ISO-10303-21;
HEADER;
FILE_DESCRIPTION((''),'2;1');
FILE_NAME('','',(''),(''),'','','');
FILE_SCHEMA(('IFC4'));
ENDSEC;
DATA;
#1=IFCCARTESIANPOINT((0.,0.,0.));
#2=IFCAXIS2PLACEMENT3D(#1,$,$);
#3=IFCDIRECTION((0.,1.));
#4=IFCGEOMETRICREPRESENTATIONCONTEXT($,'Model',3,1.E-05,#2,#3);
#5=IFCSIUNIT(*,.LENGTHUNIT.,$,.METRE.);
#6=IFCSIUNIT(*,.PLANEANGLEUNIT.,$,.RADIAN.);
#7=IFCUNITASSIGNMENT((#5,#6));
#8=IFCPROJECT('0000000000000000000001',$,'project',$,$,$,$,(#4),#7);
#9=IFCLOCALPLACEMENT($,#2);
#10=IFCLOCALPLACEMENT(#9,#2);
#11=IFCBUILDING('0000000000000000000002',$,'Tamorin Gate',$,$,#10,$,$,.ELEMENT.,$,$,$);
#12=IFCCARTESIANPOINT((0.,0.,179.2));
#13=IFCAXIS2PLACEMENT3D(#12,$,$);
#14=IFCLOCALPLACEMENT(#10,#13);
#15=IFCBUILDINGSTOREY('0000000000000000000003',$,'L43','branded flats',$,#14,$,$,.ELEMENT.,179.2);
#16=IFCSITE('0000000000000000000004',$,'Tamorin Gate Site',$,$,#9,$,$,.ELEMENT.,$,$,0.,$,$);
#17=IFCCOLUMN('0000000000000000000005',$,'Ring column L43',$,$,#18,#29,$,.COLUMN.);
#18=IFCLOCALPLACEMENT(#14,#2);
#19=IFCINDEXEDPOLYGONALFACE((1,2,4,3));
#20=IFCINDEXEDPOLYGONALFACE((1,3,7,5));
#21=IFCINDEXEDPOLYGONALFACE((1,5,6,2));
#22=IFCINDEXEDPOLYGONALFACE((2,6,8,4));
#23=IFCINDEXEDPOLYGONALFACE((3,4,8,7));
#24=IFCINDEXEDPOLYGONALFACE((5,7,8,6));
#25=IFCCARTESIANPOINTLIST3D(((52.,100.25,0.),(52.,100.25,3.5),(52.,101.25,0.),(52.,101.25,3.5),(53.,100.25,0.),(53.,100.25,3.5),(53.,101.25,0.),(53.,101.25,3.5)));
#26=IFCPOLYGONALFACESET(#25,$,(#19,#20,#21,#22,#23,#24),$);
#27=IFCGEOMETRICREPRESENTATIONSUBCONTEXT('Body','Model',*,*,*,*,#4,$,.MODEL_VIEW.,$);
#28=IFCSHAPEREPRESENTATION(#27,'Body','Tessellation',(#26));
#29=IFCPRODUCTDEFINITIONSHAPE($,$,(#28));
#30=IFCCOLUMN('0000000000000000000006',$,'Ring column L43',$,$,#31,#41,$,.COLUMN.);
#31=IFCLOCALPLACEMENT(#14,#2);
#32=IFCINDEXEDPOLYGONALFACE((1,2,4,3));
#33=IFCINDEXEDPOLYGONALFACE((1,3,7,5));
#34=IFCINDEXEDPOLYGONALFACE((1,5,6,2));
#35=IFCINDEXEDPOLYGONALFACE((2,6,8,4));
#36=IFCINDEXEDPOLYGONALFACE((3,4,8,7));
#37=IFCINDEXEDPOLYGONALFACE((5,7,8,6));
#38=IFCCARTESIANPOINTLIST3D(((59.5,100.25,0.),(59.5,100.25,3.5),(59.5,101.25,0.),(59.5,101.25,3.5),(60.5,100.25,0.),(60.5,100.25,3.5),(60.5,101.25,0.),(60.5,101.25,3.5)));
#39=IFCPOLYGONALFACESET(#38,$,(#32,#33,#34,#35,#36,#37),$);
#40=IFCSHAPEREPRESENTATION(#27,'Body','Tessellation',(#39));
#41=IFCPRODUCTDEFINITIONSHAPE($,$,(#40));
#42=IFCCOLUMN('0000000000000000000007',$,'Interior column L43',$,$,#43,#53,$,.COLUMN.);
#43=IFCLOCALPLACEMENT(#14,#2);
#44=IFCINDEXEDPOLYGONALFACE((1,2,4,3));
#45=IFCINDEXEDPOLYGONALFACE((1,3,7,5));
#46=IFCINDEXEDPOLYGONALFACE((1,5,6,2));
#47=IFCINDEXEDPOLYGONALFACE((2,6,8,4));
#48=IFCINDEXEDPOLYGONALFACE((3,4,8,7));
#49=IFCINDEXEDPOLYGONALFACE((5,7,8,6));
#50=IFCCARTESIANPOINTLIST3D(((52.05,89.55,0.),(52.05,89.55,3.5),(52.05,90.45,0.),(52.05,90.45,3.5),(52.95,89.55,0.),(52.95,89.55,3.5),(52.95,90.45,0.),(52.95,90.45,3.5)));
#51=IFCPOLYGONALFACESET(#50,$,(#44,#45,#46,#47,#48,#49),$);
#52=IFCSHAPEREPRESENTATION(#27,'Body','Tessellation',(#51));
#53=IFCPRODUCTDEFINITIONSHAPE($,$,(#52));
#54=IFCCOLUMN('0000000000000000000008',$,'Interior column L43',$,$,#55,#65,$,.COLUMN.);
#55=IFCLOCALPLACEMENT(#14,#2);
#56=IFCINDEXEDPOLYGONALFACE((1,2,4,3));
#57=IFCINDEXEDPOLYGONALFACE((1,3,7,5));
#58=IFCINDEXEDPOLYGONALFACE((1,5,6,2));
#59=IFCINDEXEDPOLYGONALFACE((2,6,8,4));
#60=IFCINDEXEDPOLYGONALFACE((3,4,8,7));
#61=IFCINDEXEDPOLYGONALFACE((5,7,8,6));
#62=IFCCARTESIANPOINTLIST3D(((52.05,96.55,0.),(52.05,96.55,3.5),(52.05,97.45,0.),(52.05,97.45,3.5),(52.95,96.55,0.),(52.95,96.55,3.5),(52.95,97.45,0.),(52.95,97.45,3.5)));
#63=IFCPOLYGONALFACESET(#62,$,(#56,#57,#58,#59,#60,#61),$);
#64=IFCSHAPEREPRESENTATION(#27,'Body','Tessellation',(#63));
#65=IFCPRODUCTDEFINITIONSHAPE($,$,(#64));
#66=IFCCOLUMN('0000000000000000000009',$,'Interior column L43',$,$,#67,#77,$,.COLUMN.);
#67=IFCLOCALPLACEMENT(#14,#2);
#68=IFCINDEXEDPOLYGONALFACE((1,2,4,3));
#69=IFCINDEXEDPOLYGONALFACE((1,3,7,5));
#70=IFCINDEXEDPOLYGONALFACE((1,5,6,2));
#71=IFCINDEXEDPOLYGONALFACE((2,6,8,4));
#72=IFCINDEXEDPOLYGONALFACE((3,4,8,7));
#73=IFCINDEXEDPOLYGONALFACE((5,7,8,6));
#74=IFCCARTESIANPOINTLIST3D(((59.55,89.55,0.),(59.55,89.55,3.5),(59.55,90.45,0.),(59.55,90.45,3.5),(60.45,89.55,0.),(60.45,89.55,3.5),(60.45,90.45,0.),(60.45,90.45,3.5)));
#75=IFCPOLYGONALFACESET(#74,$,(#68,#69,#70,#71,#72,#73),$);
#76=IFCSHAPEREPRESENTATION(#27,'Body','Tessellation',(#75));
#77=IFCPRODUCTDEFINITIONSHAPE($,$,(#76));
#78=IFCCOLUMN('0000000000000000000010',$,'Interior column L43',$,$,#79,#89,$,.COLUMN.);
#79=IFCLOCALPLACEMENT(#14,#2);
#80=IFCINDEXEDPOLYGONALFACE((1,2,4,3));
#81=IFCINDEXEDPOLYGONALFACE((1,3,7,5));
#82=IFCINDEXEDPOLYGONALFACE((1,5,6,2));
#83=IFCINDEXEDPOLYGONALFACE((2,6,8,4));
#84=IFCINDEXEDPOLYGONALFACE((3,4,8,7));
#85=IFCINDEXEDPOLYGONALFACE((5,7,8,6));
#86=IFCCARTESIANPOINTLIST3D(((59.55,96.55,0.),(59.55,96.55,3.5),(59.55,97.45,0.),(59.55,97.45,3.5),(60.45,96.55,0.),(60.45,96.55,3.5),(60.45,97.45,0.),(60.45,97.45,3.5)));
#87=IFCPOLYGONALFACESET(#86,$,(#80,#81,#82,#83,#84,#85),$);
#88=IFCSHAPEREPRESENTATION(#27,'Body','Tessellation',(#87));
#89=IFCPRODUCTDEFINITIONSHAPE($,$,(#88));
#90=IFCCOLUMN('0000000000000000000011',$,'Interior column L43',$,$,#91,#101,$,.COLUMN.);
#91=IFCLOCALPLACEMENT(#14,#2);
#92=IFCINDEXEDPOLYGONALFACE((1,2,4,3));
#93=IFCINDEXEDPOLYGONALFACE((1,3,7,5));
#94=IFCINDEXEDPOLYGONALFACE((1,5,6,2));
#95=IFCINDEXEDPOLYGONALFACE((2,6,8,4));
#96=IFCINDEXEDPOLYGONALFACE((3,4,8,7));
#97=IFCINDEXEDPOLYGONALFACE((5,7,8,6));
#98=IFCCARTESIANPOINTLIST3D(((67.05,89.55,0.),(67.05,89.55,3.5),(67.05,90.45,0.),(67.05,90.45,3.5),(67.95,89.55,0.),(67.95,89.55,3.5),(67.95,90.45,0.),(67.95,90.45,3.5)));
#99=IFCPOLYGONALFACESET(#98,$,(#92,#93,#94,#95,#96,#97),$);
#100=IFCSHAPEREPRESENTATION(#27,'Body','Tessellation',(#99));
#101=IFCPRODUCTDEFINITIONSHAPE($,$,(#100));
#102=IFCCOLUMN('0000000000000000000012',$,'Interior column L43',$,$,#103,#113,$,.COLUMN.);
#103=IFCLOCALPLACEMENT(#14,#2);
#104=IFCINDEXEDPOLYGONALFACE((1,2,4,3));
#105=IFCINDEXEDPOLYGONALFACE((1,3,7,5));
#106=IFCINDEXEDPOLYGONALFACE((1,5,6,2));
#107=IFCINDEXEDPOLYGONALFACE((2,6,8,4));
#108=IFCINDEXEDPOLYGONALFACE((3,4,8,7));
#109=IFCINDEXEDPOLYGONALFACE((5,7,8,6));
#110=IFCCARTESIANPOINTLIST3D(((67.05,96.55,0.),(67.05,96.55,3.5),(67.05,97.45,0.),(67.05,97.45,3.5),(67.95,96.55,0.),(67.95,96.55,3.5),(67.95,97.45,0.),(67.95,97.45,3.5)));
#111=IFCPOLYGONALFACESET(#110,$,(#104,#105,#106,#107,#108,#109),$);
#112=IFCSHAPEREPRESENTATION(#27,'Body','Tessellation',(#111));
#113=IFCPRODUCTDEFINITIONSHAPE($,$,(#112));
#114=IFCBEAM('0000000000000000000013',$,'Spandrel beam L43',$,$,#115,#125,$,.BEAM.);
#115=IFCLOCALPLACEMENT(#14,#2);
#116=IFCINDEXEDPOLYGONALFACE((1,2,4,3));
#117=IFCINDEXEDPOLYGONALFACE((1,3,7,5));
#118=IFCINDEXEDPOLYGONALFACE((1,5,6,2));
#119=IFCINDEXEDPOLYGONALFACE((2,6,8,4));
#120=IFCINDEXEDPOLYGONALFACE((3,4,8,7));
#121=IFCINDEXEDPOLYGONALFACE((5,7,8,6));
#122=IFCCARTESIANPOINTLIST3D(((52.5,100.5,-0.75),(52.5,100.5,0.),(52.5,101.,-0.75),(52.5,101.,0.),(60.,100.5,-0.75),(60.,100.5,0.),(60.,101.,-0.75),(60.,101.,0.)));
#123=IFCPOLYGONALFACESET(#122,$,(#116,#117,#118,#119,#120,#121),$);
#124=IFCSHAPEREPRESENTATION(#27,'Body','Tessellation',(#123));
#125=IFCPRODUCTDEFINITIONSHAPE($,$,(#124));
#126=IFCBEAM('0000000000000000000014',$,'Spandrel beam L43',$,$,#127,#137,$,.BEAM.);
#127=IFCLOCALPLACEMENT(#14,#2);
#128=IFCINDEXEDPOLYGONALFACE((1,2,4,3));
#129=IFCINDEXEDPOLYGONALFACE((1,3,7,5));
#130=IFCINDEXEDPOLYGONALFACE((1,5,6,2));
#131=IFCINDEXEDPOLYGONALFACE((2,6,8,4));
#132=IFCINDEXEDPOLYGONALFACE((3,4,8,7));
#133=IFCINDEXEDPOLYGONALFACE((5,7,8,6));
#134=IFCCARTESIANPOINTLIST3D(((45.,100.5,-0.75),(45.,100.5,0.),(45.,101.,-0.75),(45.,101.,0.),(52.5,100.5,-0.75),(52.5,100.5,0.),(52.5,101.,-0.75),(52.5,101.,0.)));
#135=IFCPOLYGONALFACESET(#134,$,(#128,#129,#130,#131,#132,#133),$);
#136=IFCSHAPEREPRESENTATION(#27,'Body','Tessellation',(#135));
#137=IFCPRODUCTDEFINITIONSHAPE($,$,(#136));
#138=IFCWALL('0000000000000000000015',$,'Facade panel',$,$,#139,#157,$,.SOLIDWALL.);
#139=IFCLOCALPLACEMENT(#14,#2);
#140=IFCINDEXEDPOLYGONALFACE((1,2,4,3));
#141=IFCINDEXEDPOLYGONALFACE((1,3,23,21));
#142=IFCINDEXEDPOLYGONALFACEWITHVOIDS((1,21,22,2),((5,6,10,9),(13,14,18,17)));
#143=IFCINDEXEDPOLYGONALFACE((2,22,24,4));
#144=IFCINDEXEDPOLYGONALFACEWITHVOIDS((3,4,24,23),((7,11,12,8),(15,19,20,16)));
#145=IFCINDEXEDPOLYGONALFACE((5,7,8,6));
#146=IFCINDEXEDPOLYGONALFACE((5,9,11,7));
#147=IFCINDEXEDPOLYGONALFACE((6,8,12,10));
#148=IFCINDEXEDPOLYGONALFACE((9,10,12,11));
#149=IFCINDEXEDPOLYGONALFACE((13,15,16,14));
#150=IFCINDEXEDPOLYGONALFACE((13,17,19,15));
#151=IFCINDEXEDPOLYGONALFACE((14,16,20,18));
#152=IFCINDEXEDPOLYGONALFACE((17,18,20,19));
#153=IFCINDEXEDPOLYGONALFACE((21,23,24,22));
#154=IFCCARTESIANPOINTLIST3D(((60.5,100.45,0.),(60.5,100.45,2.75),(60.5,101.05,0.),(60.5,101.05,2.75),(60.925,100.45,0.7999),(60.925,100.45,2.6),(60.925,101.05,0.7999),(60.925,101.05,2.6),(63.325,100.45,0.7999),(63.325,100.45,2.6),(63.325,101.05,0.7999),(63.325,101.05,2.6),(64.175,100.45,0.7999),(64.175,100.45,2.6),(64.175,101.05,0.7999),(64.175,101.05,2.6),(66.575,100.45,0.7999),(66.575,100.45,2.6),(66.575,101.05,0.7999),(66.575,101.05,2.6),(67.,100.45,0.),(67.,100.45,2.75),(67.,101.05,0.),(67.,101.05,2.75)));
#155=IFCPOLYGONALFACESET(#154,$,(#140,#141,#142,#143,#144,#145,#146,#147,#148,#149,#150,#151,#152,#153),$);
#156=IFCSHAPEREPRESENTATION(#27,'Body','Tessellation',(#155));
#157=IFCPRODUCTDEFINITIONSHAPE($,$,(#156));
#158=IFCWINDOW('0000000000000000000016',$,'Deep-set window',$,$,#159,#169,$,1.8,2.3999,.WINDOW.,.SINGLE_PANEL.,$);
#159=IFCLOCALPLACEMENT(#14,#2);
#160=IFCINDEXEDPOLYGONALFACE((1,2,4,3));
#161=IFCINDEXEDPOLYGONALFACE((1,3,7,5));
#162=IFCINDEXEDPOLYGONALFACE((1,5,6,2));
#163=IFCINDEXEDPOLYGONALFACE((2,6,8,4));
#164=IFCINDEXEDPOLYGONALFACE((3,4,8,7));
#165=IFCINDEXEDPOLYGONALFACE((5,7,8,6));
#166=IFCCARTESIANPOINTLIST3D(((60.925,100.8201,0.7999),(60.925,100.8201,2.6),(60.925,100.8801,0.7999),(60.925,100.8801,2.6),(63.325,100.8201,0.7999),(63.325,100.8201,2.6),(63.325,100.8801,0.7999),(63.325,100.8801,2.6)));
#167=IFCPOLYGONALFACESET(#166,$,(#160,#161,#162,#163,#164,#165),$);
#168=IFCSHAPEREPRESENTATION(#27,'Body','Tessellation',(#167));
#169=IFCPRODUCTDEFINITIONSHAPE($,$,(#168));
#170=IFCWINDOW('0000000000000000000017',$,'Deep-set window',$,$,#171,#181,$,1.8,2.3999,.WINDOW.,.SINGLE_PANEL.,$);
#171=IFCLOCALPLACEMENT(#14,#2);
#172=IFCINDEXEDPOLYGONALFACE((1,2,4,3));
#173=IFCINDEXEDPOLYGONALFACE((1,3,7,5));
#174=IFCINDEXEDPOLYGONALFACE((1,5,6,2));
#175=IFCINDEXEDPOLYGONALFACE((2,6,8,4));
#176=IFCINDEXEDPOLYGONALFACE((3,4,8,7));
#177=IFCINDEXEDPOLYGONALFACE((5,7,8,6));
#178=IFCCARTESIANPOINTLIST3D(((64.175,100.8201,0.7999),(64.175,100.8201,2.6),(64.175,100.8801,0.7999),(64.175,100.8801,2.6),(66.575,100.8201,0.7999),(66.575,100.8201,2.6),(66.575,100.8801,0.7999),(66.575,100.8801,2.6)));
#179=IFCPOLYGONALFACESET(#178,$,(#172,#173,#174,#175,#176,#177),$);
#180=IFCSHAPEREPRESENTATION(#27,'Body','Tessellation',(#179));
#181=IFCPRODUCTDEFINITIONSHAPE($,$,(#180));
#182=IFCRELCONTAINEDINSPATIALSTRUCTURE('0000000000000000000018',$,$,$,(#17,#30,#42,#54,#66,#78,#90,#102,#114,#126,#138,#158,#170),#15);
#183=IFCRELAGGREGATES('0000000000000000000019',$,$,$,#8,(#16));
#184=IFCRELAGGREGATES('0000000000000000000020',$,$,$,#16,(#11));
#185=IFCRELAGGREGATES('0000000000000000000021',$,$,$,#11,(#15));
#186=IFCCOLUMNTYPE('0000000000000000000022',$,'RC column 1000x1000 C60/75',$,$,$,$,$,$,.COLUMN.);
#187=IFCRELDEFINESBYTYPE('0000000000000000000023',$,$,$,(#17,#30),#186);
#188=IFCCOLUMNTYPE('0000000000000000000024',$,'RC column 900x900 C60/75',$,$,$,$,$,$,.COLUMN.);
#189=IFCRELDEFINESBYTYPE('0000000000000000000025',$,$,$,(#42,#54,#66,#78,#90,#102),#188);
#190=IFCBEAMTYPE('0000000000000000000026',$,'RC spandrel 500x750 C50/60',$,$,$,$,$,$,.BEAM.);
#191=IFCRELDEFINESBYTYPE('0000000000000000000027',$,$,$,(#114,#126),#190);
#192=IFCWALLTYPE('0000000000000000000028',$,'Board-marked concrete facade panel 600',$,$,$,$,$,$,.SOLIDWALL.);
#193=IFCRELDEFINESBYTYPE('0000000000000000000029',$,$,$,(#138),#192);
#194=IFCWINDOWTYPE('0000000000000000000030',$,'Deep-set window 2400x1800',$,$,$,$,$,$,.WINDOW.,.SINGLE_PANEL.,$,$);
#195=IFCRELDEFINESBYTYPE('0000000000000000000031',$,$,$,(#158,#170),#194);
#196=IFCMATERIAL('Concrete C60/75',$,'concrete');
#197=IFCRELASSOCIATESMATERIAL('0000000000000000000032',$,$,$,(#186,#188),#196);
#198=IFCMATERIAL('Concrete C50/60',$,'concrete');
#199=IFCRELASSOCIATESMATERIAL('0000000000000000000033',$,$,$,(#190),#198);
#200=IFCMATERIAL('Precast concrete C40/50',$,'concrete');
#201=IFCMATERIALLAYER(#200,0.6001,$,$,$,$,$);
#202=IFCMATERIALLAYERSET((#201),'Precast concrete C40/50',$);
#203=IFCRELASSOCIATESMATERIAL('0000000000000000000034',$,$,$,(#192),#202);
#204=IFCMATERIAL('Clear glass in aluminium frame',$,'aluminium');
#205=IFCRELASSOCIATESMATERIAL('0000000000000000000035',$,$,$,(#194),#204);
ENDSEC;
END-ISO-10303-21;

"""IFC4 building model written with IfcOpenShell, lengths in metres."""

from ifc_helpers import new_model, si_unit, direction, frame, frame_2d, origin, origin_2d, place, context, subcontext, project, spatial, rectangle, extrude, material, layer, layer_set, material_profile, profile_set, type_object, element, fill, save


model = new_model("IFC4")

# Units and contexts
model_context = context("Model", 3, precision=1e-05, world=origin(), true_north=direction((0.0, 1.0)))
body_context = subcontext(model_context, "Body", "Model", "MODEL_VIEW")
ifc_project = project(units=[si_unit("LENGTHUNIT", "METRE"), si_unit("PLANEANGLEUNIT", "RADIAN")], contexts=[model_context])

# Site, building, storey
site_placement = place(None, origin())
site = spatial("IfcSite", under=ifc_project, at=site_placement, Name="Tamorin Gate Site", CompositionType="ELEMENT", RefElevation=0.0)
building_placement = place(site_placement, origin())
building = spatial("IfcBuilding", under=site, at=building_placement, Name="Tamorin Gate", CompositionType="ELEMENT")
storey_placement = place(building_placement, frame((0.0, 0.0, 179.2)))
storey = spatial("IfcBuildingStorey", under=building, at=storey_placement, Name="L43", Description="branded flats", CompositionType="ELEMENT", Elevation=179.2)

# Columns
ifc_material_1 = material(Name="Concrete C60/75", Category="concrete")
ifc_material_profile_1 = material_profile(ifc_material_1, rectangle(XDim=1.0, YDim=1.0, at=origin_2d()), Name="RC 1000x1000")
ifc_profile_set_1 = profile_set([ifc_material_profile_1], Name="Concrete C60/75")
column_type_1 = type_object("IfcColumnType", Name="RC column 1000x1000 C60/75", PredefinedType="COLUMN", material=ifc_profile_set_1)
for number, where, z_axis, x_axis, name in (
    (1, (52.5, 100.75, 0.0), (0.0, 0.0, 1.0), (1.0, 0.0, 0.0), "Ring column L43"),
    (2, (60.0, 100.75, 0.0), (0.0, 0.0, 1.0), (1.0, 0.0, 0.0), "Ring column L43"),
):
    element("IfcColumn", number, at=place(storey_placement, frame(where, z_axis=z_axis, x_axis=x_axis)), inside=storey, type_object=column_type_1, Name=name, PredefinedType="COLUMN", context=body_context, shape_type="SweptSolid", body=[
        extrude(rectangle(XDim=1.0, YDim=1.0, at=origin_2d()), origin(), (0.0, 0.0, 1.0), 3.5),
    ])
ifc_material_profile_2 = material_profile(ifc_material_1, rectangle(XDim=0.8999, YDim=0.8999, at=origin_2d()), Name="RC 900x900")
ifc_profile_set_2 = profile_set([ifc_material_profile_2], Name="Concrete C60/75")
column_type_2 = type_object("IfcColumnType", Name="RC column 900x900 C60/75", PredefinedType="COLUMN", material=ifc_profile_set_2)
for number, where, z_axis, x_axis, name in (
    (3, (52.5, 90.0, 0.0), (0.0, 0.0, 1.0), (1.0, 0.0, 0.0), "Interior column L43"),
    (4, (52.5, 97.0, 0.0), (0.0, 0.0, 1.0), (1.0, 0.0, 0.0), "Interior column L43"),
    (5, (60.0, 90.0, 0.0), (0.0, 0.0, 1.0), (1.0, 0.0, 0.0), "Interior column L43"),
    (6, (60.0, 97.0, 0.0), (0.0, 0.0, 1.0), (1.0, 0.0, 0.0), "Interior column L43"),
    (7, (67.5, 90.0, 0.0), (0.0, 0.0, 1.0), (1.0, 0.0, 0.0), "Interior column L43"),
    (8, (67.5, 97.0, 0.0), (0.0, 0.0, 1.0), (1.0, 0.0, 0.0), "Interior column L43"),
):
    element("IfcColumn", number, at=place(storey_placement, frame(where, z_axis=z_axis, x_axis=x_axis)), inside=storey, type_object=column_type_2, Name=name, PredefinedType="COLUMN", context=body_context, shape_type="SweptSolid", body=[
        extrude(rectangle(XDim=0.8999, YDim=0.8999, at=origin_2d()), origin(), (0.0, 0.0, 1.0), 3.5),
    ])

# Beams
ifc_material_2 = material(Name="Concrete C50/60", Category="concrete")
ifc_material_profile_3 = material_profile(ifc_material_2, rectangle(XDim=0.5, YDim=0.75, at=origin_2d()), Name="RC 500x750")
ifc_profile_set_3 = profile_set([ifc_material_profile_3], Name="Concrete C50/60")
beam_type = type_object("IfcBeamType", Name="RC spandrel 500x750 C50/60", PredefinedType="BEAM", material=ifc_profile_set_3)
for number, where, z_axis, x_axis, name in (
    (9, (60.0, 100.75, -0.375), (-1.0, 0.0, 0.0), (0.0, -1.0, 0.0), "Spandrel beam L43"),
    (10, (52.5, 100.75, -0.375), (-1.0, 0.0, 0.0), (0.0, -1.0, 0.0), "Spandrel beam L43"),
):
    element("IfcBeam", number, at=place(storey_placement, frame(where, z_axis=z_axis, x_axis=x_axis)), inside=storey, type_object=beam_type, Name=name, PredefinedType="BEAM", context=body_context, shape_type="SweptSolid", body=[
        extrude(rectangle(XDim=0.5, YDim=0.75, at=origin_2d()), origin(), (0.0, 0.0, 1.0), 7.5),
    ])

# Wall, openings, windows
ifc_material_3 = material(Name="Precast concrete C40/50", Category="concrete")
ifc_layer_1 = layer(ifc_material_3, 0.6001)
ifc_layer_set_1 = layer_set([ifc_layer_1], Name="Precast concrete C40/50")
wall_type_1 = type_object("IfcWallType", Name="Board-marked concrete facade panel 600", PredefinedType="SOLIDWALL", material=ifc_layer_set_1)
wall_1_placement = place(storey_placement, frame((67.0, 100.75, 0.0), z_axis=(0.0, 0.0, 1.0), x_axis=(-1.0, 0.0, 0.0)))
wall_1 = element("IfcWall", 11, at=wall_1_placement, inside=storey, type_object=wall_type_1, Name="Facade panel", PredefinedType="SOLIDWALL", context=body_context, shape_type="SweptSolid", body=[
    extrude(rectangle(XDim=6.5, YDim=0.6001, at=frame_2d((3.25, 0.0))), origin(), (0.0, 0.0, 1.0), 2.75),
])
opening_1_placement = place(wall_1_placement, frame((3.675, 0.0, 0.8)))
opening_1 = element("IfcOpeningElement", 12, at=opening_1_placement, cuts=wall_1, PredefinedType="OPENING", context=body_context, shape_type="SweptSolid", body=[
    extrude(rectangle(XDim=2.3999, YDim=1.8, at=frame_2d((1.2, 0.8999))), frame((0.0, 0.3101, 0.0), z_axis=(0.0, -1.0, 0.0), x_axis=(1.0, 0.0, 0.0)), (0.0, 0.0, 1.0), 0.6201),
])
opening_2_placement = place(wall_1_placement, frame((0.425, 0.0, 0.8)))
opening_2 = element("IfcOpeningElement", 13, at=opening_2_placement, cuts=wall_1, PredefinedType="OPENING", context=body_context, shape_type="SweptSolid", body=[
    extrude(rectangle(XDim=2.3999, YDim=1.8, at=frame_2d((1.2, 0.8999))), frame((0.0, 0.3101, 0.0), z_axis=(0.0, -1.0, 0.0), x_axis=(1.0, 0.0, 0.0)), (0.0, 0.0, 1.0), 0.6201),
])
ifc_material_4 = material(Name="Clear glass in aluminium frame", Category="aluminium")
window_type = type_object("IfcWindowType", Name="Deep-set window 2400x1800", PartitioningType="SINGLE_PANEL", PredefinedType="WINDOW", material=ifc_material_4)
window_1_placement = place(opening_1_placement, origin())
window_1 = element("IfcWindow", 14, at=window_1_placement, inside=storey, type_object=window_type, Name="Deep-set window", OverallHeight=1.8, OverallWidth=2.3999, PartitioningType="SINGLE_PANEL", PredefinedType="WINDOW", context=body_context, shape_type="SweptSolid", body=[
    extrude(rectangle(XDim=2.3999, YDim=1.8, at=frame_2d((1.2, 0.8999))), frame((0.0, -0.0701, 0.0), z_axis=(0.0, -1.0, 0.0), x_axis=(1.0, 0.0, 0.0)), (0.0, 0.0, 1.0), 0.0601),
])
fill(opening_1, window_1)
window_2_placement = place(opening_2_placement, origin())
window_2 = element("IfcWindow", 15, at=window_2_placement, inside=storey, type_object=window_type, Name="Deep-set window", OverallHeight=1.8, OverallWidth=2.3999, PartitioningType="SINGLE_PANEL", PredefinedType="WINDOW", context=body_context, shape_type="SweptSolid", body=[
    extrude(rectangle(XDim=2.3999, YDim=1.8, at=frame_2d((1.2, 0.8999))), frame((0.0, -0.0701, 0.0), z_axis=(0.0, -1.0, 0.0), x_axis=(1.0, 0.0, 0.0)), (0.0, 0.0, 1.0), 0.0601),
])
fill(opening_2, window_2)

save(model, "model.ifc")
